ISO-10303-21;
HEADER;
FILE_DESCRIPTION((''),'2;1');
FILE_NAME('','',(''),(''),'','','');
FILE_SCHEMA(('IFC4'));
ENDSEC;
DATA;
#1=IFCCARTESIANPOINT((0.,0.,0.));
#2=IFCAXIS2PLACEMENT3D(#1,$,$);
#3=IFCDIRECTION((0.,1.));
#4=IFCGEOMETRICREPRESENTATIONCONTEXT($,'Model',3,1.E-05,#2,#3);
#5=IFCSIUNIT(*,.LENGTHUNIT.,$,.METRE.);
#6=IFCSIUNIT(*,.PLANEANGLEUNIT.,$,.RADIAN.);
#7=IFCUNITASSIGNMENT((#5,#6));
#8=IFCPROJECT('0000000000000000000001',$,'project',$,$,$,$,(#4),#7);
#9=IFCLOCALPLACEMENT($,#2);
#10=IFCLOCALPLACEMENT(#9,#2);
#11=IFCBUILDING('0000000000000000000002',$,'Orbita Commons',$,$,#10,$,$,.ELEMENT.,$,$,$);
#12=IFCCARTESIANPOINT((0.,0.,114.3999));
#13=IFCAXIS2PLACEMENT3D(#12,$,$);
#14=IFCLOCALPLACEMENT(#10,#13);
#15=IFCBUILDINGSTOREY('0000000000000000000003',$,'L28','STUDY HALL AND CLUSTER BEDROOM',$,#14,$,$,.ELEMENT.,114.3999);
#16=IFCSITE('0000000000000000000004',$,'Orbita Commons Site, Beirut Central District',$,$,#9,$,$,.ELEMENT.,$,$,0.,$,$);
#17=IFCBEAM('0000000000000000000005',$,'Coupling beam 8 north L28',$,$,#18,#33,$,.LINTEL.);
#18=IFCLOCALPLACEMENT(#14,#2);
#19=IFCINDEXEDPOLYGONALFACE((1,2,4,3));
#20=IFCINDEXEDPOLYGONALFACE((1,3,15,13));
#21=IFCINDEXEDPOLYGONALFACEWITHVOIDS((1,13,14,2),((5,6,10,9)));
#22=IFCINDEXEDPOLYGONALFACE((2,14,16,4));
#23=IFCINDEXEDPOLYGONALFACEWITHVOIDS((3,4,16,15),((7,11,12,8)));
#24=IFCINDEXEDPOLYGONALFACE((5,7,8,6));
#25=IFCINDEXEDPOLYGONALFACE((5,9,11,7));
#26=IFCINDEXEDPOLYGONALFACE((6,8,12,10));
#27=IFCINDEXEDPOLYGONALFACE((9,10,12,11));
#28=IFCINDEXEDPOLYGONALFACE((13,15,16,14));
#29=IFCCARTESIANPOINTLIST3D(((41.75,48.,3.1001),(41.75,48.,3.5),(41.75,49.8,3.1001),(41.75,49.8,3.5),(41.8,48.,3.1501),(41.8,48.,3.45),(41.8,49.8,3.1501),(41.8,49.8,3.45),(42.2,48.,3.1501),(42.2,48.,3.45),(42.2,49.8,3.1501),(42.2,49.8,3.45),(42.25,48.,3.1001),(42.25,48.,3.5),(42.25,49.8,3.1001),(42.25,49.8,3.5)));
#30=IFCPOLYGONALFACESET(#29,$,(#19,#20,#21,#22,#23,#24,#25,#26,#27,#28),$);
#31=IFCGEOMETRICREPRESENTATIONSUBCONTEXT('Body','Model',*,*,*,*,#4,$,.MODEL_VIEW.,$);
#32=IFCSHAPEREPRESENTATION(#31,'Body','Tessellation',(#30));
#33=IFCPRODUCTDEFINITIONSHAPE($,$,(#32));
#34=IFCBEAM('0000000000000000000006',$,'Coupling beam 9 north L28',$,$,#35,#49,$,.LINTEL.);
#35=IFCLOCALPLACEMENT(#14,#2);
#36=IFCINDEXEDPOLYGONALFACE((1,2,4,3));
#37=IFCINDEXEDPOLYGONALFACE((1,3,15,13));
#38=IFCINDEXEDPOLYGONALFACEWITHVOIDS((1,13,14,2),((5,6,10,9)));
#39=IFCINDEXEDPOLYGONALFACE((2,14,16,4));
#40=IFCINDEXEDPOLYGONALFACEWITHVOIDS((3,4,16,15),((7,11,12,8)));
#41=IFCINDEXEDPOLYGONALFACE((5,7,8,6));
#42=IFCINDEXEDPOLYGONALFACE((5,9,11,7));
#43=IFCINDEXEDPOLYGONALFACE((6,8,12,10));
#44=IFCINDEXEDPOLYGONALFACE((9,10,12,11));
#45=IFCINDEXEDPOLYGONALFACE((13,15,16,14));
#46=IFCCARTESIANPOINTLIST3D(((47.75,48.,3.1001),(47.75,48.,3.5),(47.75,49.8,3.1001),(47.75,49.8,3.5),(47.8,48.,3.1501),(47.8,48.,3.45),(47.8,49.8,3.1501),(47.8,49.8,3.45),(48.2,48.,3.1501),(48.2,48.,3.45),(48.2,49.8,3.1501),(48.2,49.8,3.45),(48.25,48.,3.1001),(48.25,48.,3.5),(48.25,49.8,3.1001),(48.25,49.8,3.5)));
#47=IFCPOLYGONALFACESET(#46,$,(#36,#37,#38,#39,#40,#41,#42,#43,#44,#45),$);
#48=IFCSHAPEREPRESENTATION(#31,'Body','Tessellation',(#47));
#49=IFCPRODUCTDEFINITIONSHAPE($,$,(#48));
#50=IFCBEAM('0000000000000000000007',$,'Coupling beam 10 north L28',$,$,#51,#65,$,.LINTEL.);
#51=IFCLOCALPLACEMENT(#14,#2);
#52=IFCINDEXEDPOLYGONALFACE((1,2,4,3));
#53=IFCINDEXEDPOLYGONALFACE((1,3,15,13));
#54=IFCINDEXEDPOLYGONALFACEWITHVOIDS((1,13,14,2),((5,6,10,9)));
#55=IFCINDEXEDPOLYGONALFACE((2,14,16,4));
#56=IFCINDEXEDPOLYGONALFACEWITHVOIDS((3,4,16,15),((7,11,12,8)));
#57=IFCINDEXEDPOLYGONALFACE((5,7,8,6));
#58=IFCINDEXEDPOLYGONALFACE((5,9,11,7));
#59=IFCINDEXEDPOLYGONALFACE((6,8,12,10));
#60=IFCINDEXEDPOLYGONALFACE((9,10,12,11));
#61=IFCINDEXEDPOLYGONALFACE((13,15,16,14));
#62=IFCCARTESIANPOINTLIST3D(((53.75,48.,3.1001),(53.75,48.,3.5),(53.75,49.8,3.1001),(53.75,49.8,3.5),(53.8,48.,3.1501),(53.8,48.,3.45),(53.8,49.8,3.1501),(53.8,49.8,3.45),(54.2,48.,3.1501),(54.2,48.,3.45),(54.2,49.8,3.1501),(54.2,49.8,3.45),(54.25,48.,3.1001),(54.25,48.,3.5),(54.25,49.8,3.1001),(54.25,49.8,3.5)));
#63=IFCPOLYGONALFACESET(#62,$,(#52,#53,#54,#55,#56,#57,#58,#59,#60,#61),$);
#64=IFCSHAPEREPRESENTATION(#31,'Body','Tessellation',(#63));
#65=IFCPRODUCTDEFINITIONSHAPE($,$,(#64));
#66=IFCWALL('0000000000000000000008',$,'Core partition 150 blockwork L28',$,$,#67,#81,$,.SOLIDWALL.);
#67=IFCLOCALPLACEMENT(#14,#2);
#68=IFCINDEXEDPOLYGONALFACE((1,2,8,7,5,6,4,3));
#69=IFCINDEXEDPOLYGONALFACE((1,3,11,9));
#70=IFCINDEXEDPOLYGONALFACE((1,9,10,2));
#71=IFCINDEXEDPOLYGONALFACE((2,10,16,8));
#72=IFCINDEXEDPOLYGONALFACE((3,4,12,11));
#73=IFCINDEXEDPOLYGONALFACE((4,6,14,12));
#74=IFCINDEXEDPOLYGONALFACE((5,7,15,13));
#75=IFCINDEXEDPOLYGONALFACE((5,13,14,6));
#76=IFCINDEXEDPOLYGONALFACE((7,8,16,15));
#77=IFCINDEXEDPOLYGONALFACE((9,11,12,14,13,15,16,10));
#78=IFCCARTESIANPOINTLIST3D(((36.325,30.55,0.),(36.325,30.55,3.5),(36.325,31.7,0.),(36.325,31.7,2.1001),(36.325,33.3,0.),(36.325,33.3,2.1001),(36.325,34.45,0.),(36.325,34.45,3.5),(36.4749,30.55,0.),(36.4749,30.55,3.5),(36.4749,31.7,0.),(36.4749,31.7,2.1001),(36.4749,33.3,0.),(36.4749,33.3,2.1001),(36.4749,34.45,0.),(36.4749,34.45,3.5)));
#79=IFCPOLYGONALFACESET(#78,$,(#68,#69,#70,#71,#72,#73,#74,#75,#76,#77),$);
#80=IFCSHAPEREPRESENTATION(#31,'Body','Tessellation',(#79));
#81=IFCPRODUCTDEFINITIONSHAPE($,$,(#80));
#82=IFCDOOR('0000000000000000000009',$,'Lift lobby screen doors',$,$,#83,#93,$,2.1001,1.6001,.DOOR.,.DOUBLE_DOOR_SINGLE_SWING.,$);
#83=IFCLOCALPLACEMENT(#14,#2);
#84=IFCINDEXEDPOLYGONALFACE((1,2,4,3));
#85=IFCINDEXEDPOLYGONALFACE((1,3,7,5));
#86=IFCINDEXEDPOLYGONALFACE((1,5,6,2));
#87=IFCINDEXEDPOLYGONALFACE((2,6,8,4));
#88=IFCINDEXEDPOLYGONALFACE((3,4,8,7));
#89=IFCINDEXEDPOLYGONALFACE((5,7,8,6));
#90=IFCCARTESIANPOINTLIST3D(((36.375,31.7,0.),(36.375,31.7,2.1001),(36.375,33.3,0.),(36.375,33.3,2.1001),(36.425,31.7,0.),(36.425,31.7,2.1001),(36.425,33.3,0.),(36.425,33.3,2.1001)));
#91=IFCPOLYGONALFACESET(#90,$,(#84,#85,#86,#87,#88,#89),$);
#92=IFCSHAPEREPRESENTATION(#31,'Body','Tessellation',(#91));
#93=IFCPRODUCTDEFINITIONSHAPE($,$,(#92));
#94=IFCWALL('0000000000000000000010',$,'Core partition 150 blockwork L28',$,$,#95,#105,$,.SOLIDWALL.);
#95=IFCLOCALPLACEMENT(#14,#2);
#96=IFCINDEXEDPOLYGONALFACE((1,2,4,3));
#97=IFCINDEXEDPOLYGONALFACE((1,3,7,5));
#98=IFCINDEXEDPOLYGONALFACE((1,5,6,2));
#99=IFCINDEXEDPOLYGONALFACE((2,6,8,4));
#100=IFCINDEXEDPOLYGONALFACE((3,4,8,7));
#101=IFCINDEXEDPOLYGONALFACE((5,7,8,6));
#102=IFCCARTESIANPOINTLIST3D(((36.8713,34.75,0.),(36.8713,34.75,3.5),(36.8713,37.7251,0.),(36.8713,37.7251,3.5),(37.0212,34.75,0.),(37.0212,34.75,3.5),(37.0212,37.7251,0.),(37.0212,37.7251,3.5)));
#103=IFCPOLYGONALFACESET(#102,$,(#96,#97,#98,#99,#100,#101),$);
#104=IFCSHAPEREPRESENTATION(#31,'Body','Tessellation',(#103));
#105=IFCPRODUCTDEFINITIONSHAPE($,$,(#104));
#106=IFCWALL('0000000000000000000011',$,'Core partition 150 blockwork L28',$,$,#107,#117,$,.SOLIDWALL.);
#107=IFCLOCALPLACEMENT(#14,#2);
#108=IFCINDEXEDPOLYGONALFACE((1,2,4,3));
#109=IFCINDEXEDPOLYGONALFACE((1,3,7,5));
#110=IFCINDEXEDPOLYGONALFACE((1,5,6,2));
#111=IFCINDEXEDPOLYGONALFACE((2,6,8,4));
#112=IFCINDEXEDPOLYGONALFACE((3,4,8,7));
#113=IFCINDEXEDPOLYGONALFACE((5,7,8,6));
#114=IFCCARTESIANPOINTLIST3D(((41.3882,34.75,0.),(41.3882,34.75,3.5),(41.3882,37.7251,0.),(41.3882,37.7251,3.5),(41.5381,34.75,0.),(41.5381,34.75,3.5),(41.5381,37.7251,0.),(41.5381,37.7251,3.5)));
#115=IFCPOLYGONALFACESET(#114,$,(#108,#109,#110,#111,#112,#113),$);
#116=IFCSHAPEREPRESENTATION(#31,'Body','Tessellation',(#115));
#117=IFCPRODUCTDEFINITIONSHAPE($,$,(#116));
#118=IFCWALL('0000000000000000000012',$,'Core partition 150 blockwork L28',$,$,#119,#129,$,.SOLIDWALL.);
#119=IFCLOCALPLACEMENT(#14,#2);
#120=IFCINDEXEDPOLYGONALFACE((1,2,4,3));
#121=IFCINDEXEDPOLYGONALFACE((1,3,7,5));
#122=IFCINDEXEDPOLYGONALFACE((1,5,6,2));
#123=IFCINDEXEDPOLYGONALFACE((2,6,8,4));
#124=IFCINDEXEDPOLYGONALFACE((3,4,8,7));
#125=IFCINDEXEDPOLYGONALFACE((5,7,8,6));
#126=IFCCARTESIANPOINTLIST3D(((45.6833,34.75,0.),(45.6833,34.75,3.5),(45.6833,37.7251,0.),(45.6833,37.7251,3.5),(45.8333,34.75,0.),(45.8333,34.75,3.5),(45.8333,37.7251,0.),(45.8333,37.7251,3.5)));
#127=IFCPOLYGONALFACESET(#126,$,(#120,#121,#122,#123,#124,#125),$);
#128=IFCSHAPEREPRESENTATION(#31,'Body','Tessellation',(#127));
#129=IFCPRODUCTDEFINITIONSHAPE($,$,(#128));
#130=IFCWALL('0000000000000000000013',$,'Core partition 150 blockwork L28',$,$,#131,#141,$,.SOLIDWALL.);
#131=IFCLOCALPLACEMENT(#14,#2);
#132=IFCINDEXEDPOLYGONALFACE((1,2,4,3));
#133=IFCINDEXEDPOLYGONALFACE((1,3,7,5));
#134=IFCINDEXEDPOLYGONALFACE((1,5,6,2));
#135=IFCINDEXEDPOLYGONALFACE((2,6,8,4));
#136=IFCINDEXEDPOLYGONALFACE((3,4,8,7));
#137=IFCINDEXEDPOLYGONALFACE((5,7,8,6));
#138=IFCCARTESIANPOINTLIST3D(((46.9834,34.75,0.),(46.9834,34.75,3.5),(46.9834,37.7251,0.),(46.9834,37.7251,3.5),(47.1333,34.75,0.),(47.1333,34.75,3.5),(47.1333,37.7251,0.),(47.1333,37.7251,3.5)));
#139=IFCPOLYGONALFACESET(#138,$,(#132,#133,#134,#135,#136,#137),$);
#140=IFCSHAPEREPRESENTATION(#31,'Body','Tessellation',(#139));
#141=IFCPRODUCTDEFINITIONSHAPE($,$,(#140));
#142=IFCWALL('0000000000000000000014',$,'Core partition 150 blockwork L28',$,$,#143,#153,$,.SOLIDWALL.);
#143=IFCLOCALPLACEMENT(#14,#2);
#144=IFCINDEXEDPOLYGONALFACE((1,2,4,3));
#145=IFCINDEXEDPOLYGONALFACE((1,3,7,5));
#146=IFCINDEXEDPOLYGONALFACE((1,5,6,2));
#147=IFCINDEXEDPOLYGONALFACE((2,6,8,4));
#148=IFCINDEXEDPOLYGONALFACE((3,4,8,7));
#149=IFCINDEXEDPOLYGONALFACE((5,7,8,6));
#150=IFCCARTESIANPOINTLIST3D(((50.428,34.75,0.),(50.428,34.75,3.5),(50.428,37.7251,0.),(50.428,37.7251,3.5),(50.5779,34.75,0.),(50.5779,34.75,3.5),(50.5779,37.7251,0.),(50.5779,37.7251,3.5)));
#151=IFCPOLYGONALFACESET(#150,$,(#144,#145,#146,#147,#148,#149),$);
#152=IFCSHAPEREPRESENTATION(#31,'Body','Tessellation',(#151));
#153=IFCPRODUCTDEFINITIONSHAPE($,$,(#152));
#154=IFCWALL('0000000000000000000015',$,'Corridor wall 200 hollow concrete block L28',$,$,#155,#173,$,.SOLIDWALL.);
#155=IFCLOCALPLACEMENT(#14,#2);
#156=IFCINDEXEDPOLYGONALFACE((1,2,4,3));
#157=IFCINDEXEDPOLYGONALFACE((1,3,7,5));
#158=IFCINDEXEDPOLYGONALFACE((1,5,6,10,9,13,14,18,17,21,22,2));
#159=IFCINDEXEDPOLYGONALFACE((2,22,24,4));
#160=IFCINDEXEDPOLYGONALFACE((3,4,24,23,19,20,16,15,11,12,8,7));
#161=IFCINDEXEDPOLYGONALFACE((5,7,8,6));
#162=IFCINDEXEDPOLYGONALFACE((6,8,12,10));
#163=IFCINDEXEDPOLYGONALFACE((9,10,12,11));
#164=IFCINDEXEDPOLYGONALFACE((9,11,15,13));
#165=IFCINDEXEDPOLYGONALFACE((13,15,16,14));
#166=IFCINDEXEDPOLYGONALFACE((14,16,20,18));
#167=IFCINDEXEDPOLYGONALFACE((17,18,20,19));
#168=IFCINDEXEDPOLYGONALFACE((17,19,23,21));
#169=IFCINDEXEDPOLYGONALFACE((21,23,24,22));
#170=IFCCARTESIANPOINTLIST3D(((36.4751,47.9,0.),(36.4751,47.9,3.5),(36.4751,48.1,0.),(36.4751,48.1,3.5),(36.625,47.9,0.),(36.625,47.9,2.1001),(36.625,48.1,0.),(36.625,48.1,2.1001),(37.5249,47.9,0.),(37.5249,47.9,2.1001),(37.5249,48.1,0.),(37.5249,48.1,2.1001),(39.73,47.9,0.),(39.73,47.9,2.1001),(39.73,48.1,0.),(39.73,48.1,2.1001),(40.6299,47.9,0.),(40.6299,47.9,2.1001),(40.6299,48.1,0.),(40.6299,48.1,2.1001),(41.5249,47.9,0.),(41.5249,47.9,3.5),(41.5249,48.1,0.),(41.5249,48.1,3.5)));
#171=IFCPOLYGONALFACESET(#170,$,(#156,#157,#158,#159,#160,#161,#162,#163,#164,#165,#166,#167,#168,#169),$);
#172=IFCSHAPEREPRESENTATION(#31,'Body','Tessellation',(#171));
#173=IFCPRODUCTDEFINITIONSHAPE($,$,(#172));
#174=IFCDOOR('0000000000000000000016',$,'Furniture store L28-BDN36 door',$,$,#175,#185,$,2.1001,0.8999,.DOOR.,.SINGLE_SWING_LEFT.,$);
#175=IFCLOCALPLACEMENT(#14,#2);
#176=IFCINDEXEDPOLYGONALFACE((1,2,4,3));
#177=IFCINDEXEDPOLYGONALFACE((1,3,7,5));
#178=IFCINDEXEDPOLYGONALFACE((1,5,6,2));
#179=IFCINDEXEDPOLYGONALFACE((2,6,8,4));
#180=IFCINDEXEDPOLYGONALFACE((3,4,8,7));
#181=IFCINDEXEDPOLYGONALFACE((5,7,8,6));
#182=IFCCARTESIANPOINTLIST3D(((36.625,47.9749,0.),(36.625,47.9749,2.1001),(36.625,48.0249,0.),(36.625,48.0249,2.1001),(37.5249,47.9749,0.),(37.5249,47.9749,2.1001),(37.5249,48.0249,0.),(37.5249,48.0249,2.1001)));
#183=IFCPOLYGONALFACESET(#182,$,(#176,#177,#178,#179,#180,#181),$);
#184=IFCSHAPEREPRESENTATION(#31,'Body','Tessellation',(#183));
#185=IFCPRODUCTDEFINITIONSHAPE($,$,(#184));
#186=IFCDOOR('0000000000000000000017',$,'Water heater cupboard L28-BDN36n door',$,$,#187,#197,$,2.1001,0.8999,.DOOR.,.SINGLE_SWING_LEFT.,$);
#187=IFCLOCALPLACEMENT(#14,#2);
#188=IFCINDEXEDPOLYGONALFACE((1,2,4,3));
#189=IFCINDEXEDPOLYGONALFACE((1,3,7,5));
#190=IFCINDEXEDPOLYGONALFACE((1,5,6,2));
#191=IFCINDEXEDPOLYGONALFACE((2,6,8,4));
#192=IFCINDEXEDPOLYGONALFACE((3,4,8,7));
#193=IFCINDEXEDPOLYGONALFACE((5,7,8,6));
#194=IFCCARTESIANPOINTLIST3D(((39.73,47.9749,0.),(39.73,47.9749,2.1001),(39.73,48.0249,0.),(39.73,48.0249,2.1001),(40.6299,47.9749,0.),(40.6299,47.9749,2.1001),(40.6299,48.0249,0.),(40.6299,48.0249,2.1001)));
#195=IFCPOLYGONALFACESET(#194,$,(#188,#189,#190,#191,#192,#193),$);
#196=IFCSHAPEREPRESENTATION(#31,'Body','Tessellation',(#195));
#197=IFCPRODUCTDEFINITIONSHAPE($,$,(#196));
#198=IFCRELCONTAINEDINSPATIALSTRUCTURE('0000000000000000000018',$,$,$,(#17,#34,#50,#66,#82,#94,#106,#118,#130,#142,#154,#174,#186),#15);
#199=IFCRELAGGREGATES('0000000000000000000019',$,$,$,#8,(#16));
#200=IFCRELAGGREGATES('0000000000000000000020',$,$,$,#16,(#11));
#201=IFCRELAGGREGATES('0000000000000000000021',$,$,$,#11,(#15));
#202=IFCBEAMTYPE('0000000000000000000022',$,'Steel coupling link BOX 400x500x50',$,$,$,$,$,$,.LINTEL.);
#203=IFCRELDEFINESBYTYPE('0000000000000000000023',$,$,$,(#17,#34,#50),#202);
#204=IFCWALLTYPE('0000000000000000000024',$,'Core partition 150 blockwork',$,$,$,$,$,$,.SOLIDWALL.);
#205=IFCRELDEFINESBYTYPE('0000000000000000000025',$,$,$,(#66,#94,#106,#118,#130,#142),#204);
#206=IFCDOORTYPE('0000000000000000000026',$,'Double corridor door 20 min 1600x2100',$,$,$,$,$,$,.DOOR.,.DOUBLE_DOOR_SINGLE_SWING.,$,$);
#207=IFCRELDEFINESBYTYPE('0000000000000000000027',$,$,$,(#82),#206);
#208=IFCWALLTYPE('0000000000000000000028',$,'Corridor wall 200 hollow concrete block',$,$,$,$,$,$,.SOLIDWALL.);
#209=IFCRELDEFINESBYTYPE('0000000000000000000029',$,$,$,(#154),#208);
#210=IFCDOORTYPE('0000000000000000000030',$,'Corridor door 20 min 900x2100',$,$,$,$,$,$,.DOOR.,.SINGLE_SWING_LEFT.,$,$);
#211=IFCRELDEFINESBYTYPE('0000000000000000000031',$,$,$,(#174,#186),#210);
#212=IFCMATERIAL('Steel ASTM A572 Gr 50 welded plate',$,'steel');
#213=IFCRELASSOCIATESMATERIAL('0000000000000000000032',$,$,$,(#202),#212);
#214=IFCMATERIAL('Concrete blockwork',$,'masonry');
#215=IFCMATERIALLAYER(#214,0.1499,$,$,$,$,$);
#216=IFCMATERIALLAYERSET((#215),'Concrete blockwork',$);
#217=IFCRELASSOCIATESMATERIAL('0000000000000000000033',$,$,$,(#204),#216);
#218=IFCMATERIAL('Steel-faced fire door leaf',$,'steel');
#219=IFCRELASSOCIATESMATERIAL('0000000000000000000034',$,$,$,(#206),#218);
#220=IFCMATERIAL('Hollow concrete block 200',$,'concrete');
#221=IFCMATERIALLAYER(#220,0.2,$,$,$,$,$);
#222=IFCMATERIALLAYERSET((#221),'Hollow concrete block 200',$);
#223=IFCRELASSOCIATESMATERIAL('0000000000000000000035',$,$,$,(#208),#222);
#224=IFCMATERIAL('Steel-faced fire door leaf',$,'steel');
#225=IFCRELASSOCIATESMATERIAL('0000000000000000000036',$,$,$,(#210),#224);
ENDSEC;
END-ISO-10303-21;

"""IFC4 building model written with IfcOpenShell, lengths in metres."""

from ifc_helpers import new_model, si_unit, direction, frame, frame_2d, origin, origin_2d, place, context, subcontext, project, spatial, rectangle, hollow_rectangle, extrude, material, layer, layer_set, material_profile, profile_set, type_object, element, fill, save


model = new_model("IFC4")

# Units and contexts
model_context = context("Model", 3, precision=1e-05, world=origin(), true_north=direction((0.0, 1.0)))
body_context = subcontext(model_context, "Body", "Model", "MODEL_VIEW")
ifc_project = project(units=[si_unit("LENGTHUNIT", "METRE"), si_unit("PLANEANGLEUNIT", "RADIAN")], contexts=[model_context])

# Site, building, storey
site_placement = place(None, origin())
site = spatial("IfcSite", under=ifc_project, at=site_placement, Name="Orbita Commons Site, Beirut Central District", CompositionType="ELEMENT", RefElevation=0.0)
building_placement = place(site_placement, origin())
building = spatial("IfcBuilding", under=site, at=building_placement, Name="Orbita Commons", CompositionType="ELEMENT")
storey_placement = place(building_placement, frame((0.0, 0.0, 114.3999)))
storey = spatial("IfcBuildingStorey", under=building, at=storey_placement, Name="L28", Description="STUDY HALL AND CLUSTER BEDROOM", CompositionType="ELEMENT", Elevation=114.3999)

# Beams
ifc_material_1 = material(Name="Steel ASTM A572 Gr 50 welded plate", Category="steel")
ifc_material_profile = material_profile(ifc_material_1, hollow_rectangle(XDim=0.5, YDim=0.3999, WallThickness=0.05, at=origin_2d()), Name="BOX 400x500x50")
ifc_profile_set = profile_set([ifc_material_profile], Name="Steel ASTM A572 Gr 50 welded plate")
beam_type = type_object("IfcBeamType", Name="Steel coupling link BOX 400x500x50", PredefinedType="LINTEL", material=ifc_profile_set)
for number, where, z_axis, x_axis, name in (
    (1, (42.0, 48.0, 3.3), (0.0, 1.0, 0.0), (-1.0, 0.0, 0.0), "Coupling beam 8 north L28"),
    (2, (48.0, 48.0, 3.3), (0.0, 1.0, 0.0), (-1.0, 0.0, 0.0), "Coupling beam 9 north L28"),
    (3, (54.0, 48.0, 3.3), (0.0, 1.0, 0.0), (-1.0, 0.0, 0.0), "Coupling beam 10 north L28"),
):
    element("IfcBeam", number, at=place(storey_placement, frame(where, z_axis=z_axis, x_axis=x_axis)), inside=storey, type_object=beam_type, Name=name, PredefinedType="LINTEL", context=body_context, shape_type="SweptSolid", body=[
        extrude(hollow_rectangle(XDim=0.5, YDim=0.3999, WallThickness=0.05, at=origin_2d()), origin(), (0.0, 0.0, 1.0), 1.8),
    ])

# Wall, opening, door
ifc_material_2 = material(Name="Concrete blockwork", Category="masonry")
ifc_layer_1 = layer(ifc_material_2, 0.1499)
ifc_layer_set_1 = layer_set([ifc_layer_1], Name="Concrete blockwork")
wall_type_1 = type_object("IfcWallType", Name="Core partition 150 blockwork", PredefinedType="SOLIDWALL", material=ifc_layer_set_1)
wall_1_placement = place(storey_placement, frame((36.3999, 30.55, 0.0), z_axis=(0.0, 0.0, 1.0), x_axis=(0.0, 1.0, 0.0)))
wall_1 = element("IfcWall", 4, at=wall_1_placement, inside=storey, type_object=wall_type_1, Name="Core partition 150 blockwork L28", PredefinedType="SOLIDWALL", context=body_context, shape_type="SweptSolid", body=[
    extrude(rectangle(XDim=3.8999, YDim=0.1499, at=frame_2d((1.95, 0.0))), origin(), (0.0, 0.0, 1.0), 3.5),
])
opening_1_placement = place(wall_1_placement, frame((1.1499, 0.0, 0.0)))
opening_1 = element("IfcOpeningElement", 5, at=opening_1_placement, cuts=wall_1, PredefinedType="OPENING", context=body_context, shape_type="SweptSolid", body=[
    extrude(rectangle(XDim=1.6001, YDim=2.1001, at=frame_2d((0.8, 1.05))), frame((0.0, 0.085, 0.0), z_axis=(0.0, -1.0, 0.0), x_axis=(1.0, 0.0, 0.0)), (0.0, 0.0, 1.0), 0.1699),
])
ifc_material_3 = material(Name="Steel-faced fire door leaf", Category="steel")
door_type_1 = type_object("IfcDoorType", Name="Double corridor door 20 min 1600x2100", OperationType="DOUBLE_DOOR_SINGLE_SWING", PredefinedType="DOOR", material=ifc_material_3)
door_1_placement = place(opening_1_placement, origin())
door_1 = element("IfcDoor", 6, at=door_1_placement, inside=storey, type_object=door_type_1, Name="Lift lobby screen doors", OperationType="DOUBLE_DOOR_SINGLE_SWING", OverallHeight=2.1001, OverallWidth=1.6001, PredefinedType="DOOR", context=body_context, shape_type="SweptSolid", body=[
    extrude(rectangle(XDim=1.6001, YDim=2.1001, at=frame_2d((0.8, 1.05))), frame((0.0, 0.0249, 0.0), z_axis=(0.0, -1.0, 0.0), x_axis=(1.0, 0.0, 0.0)), (0.0, 0.0, 1.0), 0.05),
])
fill(opening_1, door_1)

# Walls
for number, where, z_axis, x_axis, name in (
    (7, (36.9463, 34.75, 0.0), (0.0, 0.0, 1.0), (0.0, 1.0, 0.0), "Core partition 150 blockwork L28"),
    (8, (41.4631, 34.75, 0.0), (0.0, 0.0, 1.0), (0.0, 1.0, 0.0), "Core partition 150 blockwork L28"),
    (9, (45.7583, 34.75, 0.0), (0.0, 0.0, 1.0), (0.0, 1.0, 0.0), "Core partition 150 blockwork L28"),
    (10, (47.0583, 34.75, 0.0), (0.0, 0.0, 1.0), (0.0, 1.0, 0.0), "Core partition 150 blockwork L28"),
    (11, (50.5029, 34.75, 0.0), (0.0, 0.0, 1.0), (0.0, 1.0, 0.0), "Core partition 150 blockwork L28"),
):
    element("IfcWall", number, at=place(storey_placement, frame(where, z_axis=z_axis, x_axis=x_axis)), inside=storey, type_object=wall_type_1, Name=name, PredefinedType="SOLIDWALL", context=body_context, shape_type="SweptSolid", body=[
        extrude(rectangle(XDim=2.9751, YDim=0.1499, at=frame_2d((1.4875, 0.0))), origin(), (0.0, 0.0, 1.0), 3.5),
    ])

# Wall, openings, doors
ifc_material_4 = material(Name="Hollow concrete block 200", Category="concrete")
ifc_layer_2 = layer(ifc_material_4, 0.2)
ifc_layer_set_2 = layer_set([ifc_layer_2], Name="Hollow concrete block 200")
wall_type_2 = type_object("IfcWallType", Name="Corridor wall 200 hollow concrete block", PredefinedType="SOLIDWALL", material=ifc_layer_set_2)
wall_2_placement = place(storey_placement, frame((36.4751, 48.0, 0.0), z_axis=(0.0, 0.0, 1.0), x_axis=(1.0, 0.0, 0.0)))
wall_2 = element("IfcWall", 12, at=wall_2_placement, inside=storey, type_object=wall_type_2, Name="Corridor wall 200 hollow concrete block L28", PredefinedType="SOLIDWALL", context=body_context, shape_type="SweptSolid", body=[
    extrude(rectangle(XDim=5.0498, YDim=0.2, at=frame_2d((2.5249, 0.0))), origin(), (0.0, 0.0, 1.0), 3.5),
])
opening_2_placement = place(wall_2_placement, frame((0.1499, 0.0, 0.0)))
opening_2 = element("IfcOpeningElement", 13, at=opening_2_placement, cuts=wall_2, PredefinedType="OPENING", context=body_context, shape_type="SweptSolid", body=[
    extrude(rectangle(XDim=0.8999, YDim=2.1001, at=frame_2d((0.45, 1.05))), frame((0.0, 0.1099, 0.0), z_axis=(0.0, -1.0, 0.0), x_axis=(1.0, 0.0, 0.0)), (0.0, 0.0, 1.0), 0.22),
])
opening_3_placement = place(wall_2_placement, frame((3.2549, 0.0, 0.0)))
opening_3 = element("IfcOpeningElement", 14, at=opening_3_placement, cuts=wall_2, PredefinedType="OPENING", context=body_context, shape_type="SweptSolid", body=[
    extrude(rectangle(XDim=0.8999, YDim=2.1001, at=frame_2d((0.45, 1.05))), frame((0.0, 0.1099, 0.0), z_axis=(0.0, -1.0, 0.0), x_axis=(1.0, 0.0, 0.0)), (0.0, 0.0, 1.0), 0.22),
])
ifc_material_5 = material(Name="Steel-faced fire door leaf", Category="steel")
door_type_2 = type_object("IfcDoorType", Name="Corridor door 20 min 900x2100", OperationType="SINGLE_SWING_LEFT", PredefinedType="DOOR", material=ifc_material_5)
door_2_placement = place(opening_2_placement, origin())
door_2 = element("IfcDoor", 15, at=door_2_placement, inside=storey, type_object=door_type_2, Name="Furniture store L28-BDN36 door", OperationType="SINGLE_SWING_LEFT", OverallHeight=2.1001, OverallWidth=0.8999, PredefinedType="DOOR", context=body_context, shape_type="SweptSolid", body=[
    extrude(rectangle(XDim=0.8999, YDim=2.1001, at=frame_2d((0.45, 1.05))), frame((0.0, 0.0249, 0.0), z_axis=(0.0, -1.0, 0.0), x_axis=(1.0, 0.0, 0.0)), (0.0, 0.0, 1.0), 0.05),
])
fill(opening_2, door_2)
door_3_placement = place(opening_3_placement, origin())
door_3 = element("IfcDoor", 16, at=door_3_placement, inside=storey, type_object=door_type_2, Name="Water heater cupboard L28-BDN36n door", OperationType="SINGLE_SWING_LEFT", OverallHeight=2.1001, OverallWidth=0.8999, PredefinedType="DOOR", context=body_context, shape_type="SweptSolid", body=[
    extrude(rectangle(XDim=0.8999, YDim=2.1001, at=frame_2d((0.45, 1.05))), frame((0.0, 0.0249, 0.0), z_axis=(0.0, -1.0, 0.0), x_axis=(1.0, 0.0, 0.0)), (0.0, 0.0, 1.0), 0.05),
])
fill(opening_3, door_3)

save(model, "model.ifc")
